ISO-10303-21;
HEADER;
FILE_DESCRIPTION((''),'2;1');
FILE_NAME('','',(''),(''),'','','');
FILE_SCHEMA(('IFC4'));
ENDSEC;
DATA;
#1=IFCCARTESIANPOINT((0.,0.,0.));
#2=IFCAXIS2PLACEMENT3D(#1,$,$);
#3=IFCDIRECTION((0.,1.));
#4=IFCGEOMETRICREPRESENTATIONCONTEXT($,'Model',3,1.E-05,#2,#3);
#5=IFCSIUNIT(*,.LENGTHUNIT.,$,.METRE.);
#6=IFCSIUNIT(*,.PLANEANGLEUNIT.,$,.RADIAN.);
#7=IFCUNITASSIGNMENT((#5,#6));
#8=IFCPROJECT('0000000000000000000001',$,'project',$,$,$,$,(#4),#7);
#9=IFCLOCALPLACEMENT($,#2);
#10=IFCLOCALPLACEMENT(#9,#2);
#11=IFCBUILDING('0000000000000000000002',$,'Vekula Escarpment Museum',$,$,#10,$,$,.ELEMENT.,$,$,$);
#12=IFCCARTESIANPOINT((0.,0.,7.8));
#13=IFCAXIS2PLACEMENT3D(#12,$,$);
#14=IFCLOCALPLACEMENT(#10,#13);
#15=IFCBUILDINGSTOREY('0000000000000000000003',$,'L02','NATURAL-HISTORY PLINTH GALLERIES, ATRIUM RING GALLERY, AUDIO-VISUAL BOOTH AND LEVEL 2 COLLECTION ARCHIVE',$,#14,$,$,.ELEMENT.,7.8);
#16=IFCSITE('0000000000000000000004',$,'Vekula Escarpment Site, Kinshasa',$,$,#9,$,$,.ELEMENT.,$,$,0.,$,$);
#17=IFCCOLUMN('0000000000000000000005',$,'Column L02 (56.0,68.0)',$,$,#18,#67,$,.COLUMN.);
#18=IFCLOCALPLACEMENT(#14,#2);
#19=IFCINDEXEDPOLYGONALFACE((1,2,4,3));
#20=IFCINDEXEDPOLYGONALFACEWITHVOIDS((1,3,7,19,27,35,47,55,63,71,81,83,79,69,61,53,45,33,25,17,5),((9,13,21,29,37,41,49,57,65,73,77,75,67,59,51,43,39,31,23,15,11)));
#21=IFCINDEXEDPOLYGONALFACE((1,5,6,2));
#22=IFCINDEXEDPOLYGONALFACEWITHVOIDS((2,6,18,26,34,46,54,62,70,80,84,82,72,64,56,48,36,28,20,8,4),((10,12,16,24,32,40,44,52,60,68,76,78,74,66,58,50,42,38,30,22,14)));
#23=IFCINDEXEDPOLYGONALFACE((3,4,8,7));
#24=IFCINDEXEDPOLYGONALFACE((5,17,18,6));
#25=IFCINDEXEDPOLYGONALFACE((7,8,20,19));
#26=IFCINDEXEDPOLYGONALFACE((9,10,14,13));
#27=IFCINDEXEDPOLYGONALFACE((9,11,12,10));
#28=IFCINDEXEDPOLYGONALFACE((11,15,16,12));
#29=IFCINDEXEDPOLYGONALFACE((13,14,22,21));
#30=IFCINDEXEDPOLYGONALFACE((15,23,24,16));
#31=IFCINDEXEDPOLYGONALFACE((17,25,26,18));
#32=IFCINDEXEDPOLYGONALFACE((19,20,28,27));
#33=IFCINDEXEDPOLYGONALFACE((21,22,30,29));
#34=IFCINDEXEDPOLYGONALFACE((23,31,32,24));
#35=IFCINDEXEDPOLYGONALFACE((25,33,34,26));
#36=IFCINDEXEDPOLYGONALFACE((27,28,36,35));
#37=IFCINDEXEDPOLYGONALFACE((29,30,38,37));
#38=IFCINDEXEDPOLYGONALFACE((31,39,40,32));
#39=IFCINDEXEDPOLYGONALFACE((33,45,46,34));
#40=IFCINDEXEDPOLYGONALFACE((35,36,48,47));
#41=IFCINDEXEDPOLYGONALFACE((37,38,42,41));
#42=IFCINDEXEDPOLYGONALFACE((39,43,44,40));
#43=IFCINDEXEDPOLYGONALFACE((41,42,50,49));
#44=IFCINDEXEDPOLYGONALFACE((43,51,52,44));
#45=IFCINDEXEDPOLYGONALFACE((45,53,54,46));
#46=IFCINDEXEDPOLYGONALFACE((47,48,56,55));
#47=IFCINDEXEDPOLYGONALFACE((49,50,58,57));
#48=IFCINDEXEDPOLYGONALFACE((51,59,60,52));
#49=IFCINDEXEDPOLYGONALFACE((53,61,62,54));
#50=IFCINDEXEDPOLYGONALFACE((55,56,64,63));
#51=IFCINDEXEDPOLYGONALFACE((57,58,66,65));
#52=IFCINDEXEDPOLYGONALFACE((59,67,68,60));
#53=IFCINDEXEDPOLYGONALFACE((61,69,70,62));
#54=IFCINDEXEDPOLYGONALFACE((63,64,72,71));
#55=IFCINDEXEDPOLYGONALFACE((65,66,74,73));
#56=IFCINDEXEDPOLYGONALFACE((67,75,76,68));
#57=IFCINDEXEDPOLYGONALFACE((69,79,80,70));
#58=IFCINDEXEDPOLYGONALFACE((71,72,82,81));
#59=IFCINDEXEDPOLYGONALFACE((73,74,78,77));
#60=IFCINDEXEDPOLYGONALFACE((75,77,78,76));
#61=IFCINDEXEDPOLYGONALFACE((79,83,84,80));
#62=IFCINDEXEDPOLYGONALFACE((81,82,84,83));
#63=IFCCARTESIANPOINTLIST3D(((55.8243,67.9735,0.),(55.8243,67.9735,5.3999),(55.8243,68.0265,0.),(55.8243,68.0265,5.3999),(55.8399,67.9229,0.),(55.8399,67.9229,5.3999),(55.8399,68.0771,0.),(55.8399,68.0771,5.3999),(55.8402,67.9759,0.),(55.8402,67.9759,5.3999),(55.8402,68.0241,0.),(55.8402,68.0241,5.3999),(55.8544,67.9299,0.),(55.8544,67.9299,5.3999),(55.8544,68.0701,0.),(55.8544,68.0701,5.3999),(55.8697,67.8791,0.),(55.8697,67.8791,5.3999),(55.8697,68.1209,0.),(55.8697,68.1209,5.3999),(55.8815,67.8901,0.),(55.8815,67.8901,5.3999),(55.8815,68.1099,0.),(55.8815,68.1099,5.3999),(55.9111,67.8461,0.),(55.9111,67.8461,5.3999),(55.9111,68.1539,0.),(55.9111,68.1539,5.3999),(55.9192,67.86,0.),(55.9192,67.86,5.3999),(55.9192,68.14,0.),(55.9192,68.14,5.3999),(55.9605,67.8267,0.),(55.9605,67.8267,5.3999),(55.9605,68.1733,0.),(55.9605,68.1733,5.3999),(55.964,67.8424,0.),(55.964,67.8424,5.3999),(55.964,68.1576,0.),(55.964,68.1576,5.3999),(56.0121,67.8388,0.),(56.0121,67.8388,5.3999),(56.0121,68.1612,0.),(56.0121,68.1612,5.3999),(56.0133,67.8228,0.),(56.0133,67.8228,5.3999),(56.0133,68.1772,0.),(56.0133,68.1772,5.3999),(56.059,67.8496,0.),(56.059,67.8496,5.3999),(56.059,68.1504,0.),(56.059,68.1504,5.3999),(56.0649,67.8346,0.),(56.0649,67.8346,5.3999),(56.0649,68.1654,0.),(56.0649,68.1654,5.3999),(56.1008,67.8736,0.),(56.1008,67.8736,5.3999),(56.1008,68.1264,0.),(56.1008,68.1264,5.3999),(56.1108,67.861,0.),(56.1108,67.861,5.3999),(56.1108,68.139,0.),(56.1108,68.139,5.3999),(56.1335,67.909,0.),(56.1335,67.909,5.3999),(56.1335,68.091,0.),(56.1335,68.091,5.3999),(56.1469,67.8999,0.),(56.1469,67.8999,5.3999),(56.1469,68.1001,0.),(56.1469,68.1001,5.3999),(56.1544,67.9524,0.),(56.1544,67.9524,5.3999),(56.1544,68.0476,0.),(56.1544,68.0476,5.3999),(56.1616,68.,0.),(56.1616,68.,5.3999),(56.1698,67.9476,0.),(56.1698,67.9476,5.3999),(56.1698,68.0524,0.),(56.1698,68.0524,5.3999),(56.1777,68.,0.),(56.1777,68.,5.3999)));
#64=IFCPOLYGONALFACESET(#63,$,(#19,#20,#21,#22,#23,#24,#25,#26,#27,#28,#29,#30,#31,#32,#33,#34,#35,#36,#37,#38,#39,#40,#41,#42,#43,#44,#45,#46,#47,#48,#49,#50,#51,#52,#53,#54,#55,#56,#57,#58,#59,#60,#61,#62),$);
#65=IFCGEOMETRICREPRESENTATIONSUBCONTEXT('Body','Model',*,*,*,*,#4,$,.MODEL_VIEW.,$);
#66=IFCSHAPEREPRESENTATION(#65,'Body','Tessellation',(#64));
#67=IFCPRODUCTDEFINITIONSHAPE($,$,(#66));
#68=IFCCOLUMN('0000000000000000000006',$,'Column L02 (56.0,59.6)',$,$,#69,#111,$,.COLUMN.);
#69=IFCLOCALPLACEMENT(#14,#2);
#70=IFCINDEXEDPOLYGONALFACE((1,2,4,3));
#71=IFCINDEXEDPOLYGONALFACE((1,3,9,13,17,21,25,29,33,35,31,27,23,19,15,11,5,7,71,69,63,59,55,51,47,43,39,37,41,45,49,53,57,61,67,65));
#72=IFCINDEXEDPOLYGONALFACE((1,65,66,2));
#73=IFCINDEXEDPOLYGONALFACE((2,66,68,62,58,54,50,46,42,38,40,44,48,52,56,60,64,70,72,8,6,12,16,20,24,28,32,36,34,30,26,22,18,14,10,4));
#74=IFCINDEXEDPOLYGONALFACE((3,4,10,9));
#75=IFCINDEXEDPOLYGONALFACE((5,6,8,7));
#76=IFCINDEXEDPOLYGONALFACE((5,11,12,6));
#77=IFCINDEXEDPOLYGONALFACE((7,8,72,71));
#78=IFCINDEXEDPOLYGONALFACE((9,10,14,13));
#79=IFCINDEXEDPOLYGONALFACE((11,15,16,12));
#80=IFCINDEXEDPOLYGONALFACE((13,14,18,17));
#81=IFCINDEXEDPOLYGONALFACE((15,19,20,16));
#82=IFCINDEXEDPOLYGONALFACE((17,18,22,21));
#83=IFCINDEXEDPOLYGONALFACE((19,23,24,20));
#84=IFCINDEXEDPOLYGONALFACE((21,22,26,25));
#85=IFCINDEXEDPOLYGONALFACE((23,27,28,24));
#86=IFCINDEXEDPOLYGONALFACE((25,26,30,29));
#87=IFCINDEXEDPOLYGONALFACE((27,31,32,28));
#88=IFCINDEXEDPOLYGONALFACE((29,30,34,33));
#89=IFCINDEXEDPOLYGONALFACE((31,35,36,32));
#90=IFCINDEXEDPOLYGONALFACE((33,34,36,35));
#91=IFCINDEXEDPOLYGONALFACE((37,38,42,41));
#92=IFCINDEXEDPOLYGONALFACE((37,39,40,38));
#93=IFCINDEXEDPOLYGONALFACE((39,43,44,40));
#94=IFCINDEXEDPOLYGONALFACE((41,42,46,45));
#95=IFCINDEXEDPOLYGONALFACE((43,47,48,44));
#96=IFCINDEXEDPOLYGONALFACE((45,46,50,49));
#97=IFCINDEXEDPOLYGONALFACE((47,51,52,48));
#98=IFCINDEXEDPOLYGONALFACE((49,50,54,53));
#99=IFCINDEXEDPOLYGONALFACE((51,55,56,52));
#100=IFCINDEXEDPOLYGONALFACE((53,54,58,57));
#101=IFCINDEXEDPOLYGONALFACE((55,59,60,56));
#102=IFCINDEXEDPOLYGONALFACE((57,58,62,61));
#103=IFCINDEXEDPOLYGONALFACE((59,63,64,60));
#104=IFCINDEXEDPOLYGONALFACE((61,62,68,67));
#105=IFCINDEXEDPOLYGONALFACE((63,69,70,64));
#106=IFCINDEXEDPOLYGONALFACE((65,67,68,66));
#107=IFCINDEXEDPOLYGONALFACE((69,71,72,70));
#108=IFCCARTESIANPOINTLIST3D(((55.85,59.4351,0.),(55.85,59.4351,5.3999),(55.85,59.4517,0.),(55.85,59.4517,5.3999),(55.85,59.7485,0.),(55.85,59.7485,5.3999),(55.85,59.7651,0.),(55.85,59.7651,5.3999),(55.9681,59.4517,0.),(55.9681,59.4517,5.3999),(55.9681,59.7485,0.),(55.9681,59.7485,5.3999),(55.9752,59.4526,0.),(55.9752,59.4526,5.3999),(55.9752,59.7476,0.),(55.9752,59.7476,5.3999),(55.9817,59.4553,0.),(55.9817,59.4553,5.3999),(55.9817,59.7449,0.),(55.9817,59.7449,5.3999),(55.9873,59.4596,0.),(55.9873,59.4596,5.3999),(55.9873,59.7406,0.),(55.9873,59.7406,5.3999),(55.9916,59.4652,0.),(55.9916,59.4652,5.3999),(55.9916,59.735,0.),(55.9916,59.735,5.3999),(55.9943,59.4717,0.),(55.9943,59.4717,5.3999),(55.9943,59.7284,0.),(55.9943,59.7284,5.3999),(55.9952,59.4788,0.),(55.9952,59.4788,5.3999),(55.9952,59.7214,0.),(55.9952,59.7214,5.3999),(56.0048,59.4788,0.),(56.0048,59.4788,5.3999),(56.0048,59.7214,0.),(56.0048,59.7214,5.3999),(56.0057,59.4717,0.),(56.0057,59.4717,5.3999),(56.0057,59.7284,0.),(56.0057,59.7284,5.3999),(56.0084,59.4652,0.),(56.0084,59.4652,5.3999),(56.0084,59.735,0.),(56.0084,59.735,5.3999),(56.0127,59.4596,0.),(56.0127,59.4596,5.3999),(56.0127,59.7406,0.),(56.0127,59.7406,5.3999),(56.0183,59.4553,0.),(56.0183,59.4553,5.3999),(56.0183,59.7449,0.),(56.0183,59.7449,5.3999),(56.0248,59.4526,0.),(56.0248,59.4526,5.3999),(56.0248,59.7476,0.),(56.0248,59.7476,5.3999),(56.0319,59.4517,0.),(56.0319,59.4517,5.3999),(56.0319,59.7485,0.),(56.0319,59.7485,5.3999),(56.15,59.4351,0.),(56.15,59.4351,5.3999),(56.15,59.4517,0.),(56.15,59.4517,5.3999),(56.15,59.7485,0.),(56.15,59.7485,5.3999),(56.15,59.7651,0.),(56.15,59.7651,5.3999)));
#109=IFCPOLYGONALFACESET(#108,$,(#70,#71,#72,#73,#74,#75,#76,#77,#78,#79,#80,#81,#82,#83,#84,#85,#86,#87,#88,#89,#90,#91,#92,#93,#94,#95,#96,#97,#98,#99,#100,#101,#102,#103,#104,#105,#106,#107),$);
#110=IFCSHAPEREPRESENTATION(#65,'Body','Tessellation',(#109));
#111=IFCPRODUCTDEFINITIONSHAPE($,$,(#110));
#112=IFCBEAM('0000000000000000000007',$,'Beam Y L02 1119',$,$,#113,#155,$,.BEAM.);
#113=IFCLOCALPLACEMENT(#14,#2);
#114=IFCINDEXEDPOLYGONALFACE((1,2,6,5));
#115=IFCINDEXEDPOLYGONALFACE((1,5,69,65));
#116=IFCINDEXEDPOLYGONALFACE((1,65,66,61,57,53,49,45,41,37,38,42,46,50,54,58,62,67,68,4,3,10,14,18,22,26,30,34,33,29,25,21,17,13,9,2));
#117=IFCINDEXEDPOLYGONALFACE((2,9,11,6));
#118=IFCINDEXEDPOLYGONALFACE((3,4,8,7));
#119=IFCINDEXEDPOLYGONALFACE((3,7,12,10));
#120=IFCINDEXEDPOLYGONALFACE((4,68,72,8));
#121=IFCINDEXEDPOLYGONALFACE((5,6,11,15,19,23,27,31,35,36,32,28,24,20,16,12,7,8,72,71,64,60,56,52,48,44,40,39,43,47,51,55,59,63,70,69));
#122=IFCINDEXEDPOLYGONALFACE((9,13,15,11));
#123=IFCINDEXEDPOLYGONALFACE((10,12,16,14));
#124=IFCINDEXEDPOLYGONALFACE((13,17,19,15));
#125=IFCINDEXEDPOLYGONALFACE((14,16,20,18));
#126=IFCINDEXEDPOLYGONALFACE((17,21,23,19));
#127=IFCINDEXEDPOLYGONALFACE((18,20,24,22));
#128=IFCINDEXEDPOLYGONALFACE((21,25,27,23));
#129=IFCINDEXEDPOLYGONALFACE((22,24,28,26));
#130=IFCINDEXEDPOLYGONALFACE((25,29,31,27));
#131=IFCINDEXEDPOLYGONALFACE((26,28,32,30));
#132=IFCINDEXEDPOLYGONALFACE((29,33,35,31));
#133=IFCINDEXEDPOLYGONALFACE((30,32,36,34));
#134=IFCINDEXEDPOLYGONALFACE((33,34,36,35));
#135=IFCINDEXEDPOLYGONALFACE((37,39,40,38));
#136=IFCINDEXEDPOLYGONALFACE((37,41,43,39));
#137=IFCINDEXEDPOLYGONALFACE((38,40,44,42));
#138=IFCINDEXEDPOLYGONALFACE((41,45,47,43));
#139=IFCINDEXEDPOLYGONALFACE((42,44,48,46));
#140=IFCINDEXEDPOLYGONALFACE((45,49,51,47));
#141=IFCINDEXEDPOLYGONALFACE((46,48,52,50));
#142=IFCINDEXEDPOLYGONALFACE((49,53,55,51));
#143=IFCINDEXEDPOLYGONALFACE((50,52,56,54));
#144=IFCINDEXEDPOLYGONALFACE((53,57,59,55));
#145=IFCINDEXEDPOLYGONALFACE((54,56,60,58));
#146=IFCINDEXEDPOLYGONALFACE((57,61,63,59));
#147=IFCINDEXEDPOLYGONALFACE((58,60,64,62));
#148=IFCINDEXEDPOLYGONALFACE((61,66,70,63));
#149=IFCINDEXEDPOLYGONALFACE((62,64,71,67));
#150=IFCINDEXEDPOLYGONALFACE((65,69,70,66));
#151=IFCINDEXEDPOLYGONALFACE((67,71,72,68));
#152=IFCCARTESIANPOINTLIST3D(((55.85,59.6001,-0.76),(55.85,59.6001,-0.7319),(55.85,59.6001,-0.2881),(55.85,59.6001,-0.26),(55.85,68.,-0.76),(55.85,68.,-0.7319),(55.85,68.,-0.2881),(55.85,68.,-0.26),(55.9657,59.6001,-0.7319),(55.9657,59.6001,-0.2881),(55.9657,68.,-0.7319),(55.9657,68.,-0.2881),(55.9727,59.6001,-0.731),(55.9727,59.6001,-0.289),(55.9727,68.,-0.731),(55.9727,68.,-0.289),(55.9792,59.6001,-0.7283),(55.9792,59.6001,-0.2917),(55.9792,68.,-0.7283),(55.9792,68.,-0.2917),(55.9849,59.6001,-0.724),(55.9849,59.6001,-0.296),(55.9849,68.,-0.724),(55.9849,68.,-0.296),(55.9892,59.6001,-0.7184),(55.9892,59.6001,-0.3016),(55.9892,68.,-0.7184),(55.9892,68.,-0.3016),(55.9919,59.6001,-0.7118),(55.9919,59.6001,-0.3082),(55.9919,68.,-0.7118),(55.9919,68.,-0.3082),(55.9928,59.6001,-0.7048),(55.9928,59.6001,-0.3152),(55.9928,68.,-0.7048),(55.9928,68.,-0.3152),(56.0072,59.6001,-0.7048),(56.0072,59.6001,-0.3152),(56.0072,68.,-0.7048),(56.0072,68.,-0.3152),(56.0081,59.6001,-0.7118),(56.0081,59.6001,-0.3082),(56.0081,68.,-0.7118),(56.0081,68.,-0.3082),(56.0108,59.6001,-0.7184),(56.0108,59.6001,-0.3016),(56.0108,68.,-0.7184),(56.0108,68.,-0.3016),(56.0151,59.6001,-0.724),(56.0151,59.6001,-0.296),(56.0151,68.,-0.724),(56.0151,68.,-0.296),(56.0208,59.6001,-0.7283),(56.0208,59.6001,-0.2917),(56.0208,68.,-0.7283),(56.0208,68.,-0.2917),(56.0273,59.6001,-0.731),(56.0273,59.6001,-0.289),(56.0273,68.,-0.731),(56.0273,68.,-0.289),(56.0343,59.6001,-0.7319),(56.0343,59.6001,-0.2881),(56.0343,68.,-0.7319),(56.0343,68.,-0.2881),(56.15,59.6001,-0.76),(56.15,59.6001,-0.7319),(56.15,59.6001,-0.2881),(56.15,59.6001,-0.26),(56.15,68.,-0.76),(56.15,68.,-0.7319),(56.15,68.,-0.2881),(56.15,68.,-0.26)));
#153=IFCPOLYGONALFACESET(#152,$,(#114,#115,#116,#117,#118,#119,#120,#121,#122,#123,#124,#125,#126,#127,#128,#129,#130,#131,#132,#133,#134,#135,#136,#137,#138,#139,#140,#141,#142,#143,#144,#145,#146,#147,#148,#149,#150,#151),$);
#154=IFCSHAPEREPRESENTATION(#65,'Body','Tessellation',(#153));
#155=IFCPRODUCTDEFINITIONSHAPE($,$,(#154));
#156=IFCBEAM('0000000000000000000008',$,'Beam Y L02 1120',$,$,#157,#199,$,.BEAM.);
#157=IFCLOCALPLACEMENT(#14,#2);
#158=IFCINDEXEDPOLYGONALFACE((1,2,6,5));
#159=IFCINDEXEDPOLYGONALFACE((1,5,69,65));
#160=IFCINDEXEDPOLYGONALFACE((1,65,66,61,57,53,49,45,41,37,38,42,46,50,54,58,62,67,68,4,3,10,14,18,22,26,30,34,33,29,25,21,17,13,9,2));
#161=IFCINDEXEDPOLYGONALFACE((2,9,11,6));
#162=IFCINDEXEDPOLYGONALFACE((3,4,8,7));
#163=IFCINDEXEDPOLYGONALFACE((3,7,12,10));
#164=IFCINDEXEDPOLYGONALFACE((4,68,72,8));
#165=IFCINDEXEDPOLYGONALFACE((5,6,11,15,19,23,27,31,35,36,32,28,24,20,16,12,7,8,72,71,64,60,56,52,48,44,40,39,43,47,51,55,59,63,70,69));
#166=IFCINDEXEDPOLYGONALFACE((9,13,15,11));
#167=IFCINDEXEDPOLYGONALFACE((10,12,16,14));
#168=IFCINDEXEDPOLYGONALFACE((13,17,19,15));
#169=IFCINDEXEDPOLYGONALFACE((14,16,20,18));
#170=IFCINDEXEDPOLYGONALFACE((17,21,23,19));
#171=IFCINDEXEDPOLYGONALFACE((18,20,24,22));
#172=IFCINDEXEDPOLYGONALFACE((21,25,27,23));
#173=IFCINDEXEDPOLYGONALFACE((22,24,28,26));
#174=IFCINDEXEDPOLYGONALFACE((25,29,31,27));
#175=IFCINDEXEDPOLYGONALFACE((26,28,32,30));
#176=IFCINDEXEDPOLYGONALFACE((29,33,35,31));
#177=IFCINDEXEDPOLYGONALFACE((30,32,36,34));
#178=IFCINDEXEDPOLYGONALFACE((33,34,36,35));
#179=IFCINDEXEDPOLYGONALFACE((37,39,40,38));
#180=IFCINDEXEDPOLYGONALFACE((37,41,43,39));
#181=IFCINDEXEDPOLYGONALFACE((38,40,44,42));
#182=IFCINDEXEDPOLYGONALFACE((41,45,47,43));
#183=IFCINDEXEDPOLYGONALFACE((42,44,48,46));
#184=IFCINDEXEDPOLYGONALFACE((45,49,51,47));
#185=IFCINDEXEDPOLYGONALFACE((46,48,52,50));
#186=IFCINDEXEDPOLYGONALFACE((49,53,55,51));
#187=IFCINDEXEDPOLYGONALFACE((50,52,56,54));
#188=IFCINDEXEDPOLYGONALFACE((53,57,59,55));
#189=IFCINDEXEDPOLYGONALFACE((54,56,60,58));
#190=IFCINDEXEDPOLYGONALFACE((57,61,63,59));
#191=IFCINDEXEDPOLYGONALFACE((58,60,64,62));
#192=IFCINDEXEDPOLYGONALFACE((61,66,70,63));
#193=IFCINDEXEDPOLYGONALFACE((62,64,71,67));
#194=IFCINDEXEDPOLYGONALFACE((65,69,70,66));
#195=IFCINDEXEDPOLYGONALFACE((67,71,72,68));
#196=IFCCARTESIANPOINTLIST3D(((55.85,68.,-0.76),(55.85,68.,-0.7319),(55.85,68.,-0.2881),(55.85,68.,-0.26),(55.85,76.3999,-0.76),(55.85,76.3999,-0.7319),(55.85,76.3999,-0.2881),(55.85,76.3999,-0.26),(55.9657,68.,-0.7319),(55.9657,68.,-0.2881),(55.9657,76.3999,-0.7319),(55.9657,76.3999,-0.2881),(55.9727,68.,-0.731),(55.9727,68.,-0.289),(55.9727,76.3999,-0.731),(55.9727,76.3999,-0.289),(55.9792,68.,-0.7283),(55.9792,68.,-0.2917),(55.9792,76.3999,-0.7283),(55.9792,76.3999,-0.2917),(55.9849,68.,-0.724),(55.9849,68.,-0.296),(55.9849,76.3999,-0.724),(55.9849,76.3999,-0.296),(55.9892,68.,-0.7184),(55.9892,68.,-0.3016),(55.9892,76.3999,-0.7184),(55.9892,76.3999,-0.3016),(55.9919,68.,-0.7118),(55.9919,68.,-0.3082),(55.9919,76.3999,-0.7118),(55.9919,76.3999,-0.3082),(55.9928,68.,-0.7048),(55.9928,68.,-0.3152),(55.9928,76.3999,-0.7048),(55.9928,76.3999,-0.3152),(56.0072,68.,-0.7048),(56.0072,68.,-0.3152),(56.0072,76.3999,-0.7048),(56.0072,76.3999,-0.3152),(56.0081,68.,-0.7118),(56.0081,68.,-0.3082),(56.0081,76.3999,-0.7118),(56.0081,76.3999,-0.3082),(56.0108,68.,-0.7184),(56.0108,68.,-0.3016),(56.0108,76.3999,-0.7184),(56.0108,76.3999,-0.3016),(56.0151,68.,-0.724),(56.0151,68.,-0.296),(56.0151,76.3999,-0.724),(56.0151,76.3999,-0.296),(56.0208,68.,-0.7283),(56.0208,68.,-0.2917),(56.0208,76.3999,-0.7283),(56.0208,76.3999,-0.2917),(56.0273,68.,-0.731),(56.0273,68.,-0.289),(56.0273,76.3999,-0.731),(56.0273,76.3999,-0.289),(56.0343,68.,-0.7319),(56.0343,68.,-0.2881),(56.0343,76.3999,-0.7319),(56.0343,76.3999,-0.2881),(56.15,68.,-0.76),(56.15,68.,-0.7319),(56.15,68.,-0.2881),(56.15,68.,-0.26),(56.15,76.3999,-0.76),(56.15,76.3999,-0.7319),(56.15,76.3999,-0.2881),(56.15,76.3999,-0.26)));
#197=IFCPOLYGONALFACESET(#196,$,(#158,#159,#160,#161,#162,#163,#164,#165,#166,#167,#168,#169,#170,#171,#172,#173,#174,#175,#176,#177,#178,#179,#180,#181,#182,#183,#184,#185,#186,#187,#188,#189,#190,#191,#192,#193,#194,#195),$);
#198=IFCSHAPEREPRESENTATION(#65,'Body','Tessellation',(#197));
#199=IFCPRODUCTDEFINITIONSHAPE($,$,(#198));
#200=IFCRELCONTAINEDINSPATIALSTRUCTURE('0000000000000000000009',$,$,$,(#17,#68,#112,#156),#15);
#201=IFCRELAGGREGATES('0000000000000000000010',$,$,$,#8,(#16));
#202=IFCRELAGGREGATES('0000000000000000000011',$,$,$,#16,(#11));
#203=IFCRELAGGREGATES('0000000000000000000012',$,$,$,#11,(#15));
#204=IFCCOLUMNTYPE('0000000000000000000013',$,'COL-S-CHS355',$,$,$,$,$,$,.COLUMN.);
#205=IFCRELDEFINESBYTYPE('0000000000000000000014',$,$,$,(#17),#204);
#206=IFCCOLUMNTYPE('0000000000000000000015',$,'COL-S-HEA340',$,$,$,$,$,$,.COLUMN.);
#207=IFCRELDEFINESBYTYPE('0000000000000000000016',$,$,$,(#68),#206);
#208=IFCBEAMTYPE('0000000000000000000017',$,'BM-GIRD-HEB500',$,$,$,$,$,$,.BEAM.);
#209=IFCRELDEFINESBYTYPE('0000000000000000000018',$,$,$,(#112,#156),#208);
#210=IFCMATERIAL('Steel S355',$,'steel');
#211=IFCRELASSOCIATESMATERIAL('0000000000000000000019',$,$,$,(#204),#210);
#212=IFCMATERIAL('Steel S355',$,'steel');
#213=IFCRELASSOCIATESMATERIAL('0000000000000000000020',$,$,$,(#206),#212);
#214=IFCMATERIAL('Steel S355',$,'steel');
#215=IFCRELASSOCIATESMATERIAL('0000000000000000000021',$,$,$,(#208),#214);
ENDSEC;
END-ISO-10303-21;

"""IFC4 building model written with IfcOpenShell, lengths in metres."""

from ifc_helpers import new_model, si_unit, direction, frame, origin, origin_2d, place, context, subcontext, project, spatial, hollow_circle, i_section, extrude, material, material_profile, profile_set, type_object, element, save


model = new_model("IFC4")

# Units and contexts
model_context = context("Model", 3, precision=1e-05, world=origin(), true_north=direction((0.0, 1.0)))
body_context = subcontext(model_context, "Body", "Model", "MODEL_VIEW")
ifc_project = project(units=[si_unit("LENGTHUNIT", "METRE"), si_unit("PLANEANGLEUNIT", "RADIAN")], contexts=[model_context])

# Site, building, storey
site_placement = place(None, origin())
site = spatial("IfcSite", under=ifc_project, at=site_placement, Name="Vekula Escarpment Site, Kinshasa", CompositionType="ELEMENT", RefElevation=0.0)
building_placement = place(site_placement, origin())
building = spatial("IfcBuilding", under=site, at=building_placement, Name="Vekula Escarpment Museum", CompositionType="ELEMENT")
storey_placement = place(building_placement, frame((0.0, 0.0, 7.8)))
storey = spatial("IfcBuildingStorey", under=building, at=storey_placement, Name="L02", Description="NATURAL-HISTORY PLINTH GALLERIES, ATRIUM RING GALLERY, AUDIO-VISUAL BOOTH AND LEVEL 2 COLLECTION ARCHIVE", CompositionType="ELEMENT", Elevation=7.8)

# Columns
ifc_material_1 = material(Name="Steel S355", Category="steel")
ifc_material_profile_1 = material_profile(ifc_material_1, hollow_circle(Radius=0.1777, WallThickness=0.0161, at=origin_2d()), Name="CHS 355.6x16")
ifc_profile_set_1 = profile_set([ifc_material_profile_1], Name="Steel S355")
column_type_1 = type_object("IfcColumnType", Name="COL-S-CHS355", PredefinedType="COLUMN", material=ifc_profile_set_1)
column_1_placement = place(storey_placement, frame((56.0, 68.0, 0.0), z_axis=(0.0, 0.0, 1.0), x_axis=(1.0, 0.0, 0.0)))
element("IfcColumn", 1, at=column_1_placement, inside=storey, type_object=column_type_1, Name="Column L02 (56.0,68.0)", PredefinedType="COLUMN", context=body_context, shape_type="SweptSolid", body=[
    extrude(hollow_circle(Radius=0.1777, WallThickness=0.0161, at=origin_2d()), origin(), (0.0, 0.0, 1.0), 5.3999),
])
ifc_material_2 = material(Name="Steel S355", Category="steel")
ifc_material_profile_2 = material_profile(ifc_material_2, i_section(OverallWidth=0.3, OverallDepth=0.3301, WebThickness=0.0095, FlangeThickness=0.0166, FilletRadius=0.0271, at=origin_2d()), Name="HEA 340")
ifc_profile_set_2 = profile_set([ifc_material_profile_2], Name="Steel S355")
column_type_2 = type_object("IfcColumnType", Name="COL-S-HEA340", PredefinedType="COLUMN", material=ifc_profile_set_2)
column_2_placement = place(storey_placement, frame((56.0, 59.6001, 0.0), z_axis=(0.0, 0.0, 1.0), x_axis=(1.0, 0.0, 0.0)))
element("IfcColumn", 2, at=column_2_placement, inside=storey, type_object=column_type_2, Name="Column L02 (56.0,59.6)", PredefinedType="COLUMN", context=body_context, shape_type="SweptSolid", body=[
    extrude(i_section(OverallWidth=0.3, OverallDepth=0.3301, WebThickness=0.0095, FlangeThickness=0.0166, FilletRadius=0.0271, at=origin_2d()), origin(), (0.0, 0.0, 1.0), 5.3999),
])

# Beams
ifc_material_3 = material(Name="Steel S355", Category="steel")
ifc_material_profile_3 = material_profile(ifc_material_3, i_section(OverallWidth=0.3, OverallDepth=0.5, WebThickness=0.0144, FlangeThickness=0.0281, FilletRadius=0.0271, at=origin_2d()), Name="HEB 500")
ifc_profile_set_3 = profile_set([ifc_material_profile_3], Name="Steel S355")
beam_type_1 = type_object("IfcBeamType", Name="BM-GIRD-HEB500", PredefinedType="BEAM", material=ifc_profile_set_3)
for number, where, z_axis, x_axis, name in (
    (3, (56.0, 59.6001, -0.51), (0.0, 1.0, 0.0), (-1.0, 0.0, 0.0), "Beam Y L02 1119"),
    (4, (56.0, 68.0, -0.51), (0.0, 1.0, 0.0), (-1.0, 0.0, 0.0), "Beam Y L02 1120"),
):
    element("IfcBeam", number, at=place(storey_placement, frame(where, z_axis=z_axis, x_axis=x_axis)), inside=storey, type_object=beam_type_1, Name=name, PredefinedType="BEAM", context=body_context, shape_type="SweptSolid", body=[
        extrude(i_section(OverallWidth=0.3, OverallDepth=0.5, WebThickness=0.0144, FlangeThickness=0.0281, FilletRadius=0.0271, at=origin_2d()), origin(), (0.0, 0.0, 1.0), 8.3999),
    ])

save(model, "model.ifc")
